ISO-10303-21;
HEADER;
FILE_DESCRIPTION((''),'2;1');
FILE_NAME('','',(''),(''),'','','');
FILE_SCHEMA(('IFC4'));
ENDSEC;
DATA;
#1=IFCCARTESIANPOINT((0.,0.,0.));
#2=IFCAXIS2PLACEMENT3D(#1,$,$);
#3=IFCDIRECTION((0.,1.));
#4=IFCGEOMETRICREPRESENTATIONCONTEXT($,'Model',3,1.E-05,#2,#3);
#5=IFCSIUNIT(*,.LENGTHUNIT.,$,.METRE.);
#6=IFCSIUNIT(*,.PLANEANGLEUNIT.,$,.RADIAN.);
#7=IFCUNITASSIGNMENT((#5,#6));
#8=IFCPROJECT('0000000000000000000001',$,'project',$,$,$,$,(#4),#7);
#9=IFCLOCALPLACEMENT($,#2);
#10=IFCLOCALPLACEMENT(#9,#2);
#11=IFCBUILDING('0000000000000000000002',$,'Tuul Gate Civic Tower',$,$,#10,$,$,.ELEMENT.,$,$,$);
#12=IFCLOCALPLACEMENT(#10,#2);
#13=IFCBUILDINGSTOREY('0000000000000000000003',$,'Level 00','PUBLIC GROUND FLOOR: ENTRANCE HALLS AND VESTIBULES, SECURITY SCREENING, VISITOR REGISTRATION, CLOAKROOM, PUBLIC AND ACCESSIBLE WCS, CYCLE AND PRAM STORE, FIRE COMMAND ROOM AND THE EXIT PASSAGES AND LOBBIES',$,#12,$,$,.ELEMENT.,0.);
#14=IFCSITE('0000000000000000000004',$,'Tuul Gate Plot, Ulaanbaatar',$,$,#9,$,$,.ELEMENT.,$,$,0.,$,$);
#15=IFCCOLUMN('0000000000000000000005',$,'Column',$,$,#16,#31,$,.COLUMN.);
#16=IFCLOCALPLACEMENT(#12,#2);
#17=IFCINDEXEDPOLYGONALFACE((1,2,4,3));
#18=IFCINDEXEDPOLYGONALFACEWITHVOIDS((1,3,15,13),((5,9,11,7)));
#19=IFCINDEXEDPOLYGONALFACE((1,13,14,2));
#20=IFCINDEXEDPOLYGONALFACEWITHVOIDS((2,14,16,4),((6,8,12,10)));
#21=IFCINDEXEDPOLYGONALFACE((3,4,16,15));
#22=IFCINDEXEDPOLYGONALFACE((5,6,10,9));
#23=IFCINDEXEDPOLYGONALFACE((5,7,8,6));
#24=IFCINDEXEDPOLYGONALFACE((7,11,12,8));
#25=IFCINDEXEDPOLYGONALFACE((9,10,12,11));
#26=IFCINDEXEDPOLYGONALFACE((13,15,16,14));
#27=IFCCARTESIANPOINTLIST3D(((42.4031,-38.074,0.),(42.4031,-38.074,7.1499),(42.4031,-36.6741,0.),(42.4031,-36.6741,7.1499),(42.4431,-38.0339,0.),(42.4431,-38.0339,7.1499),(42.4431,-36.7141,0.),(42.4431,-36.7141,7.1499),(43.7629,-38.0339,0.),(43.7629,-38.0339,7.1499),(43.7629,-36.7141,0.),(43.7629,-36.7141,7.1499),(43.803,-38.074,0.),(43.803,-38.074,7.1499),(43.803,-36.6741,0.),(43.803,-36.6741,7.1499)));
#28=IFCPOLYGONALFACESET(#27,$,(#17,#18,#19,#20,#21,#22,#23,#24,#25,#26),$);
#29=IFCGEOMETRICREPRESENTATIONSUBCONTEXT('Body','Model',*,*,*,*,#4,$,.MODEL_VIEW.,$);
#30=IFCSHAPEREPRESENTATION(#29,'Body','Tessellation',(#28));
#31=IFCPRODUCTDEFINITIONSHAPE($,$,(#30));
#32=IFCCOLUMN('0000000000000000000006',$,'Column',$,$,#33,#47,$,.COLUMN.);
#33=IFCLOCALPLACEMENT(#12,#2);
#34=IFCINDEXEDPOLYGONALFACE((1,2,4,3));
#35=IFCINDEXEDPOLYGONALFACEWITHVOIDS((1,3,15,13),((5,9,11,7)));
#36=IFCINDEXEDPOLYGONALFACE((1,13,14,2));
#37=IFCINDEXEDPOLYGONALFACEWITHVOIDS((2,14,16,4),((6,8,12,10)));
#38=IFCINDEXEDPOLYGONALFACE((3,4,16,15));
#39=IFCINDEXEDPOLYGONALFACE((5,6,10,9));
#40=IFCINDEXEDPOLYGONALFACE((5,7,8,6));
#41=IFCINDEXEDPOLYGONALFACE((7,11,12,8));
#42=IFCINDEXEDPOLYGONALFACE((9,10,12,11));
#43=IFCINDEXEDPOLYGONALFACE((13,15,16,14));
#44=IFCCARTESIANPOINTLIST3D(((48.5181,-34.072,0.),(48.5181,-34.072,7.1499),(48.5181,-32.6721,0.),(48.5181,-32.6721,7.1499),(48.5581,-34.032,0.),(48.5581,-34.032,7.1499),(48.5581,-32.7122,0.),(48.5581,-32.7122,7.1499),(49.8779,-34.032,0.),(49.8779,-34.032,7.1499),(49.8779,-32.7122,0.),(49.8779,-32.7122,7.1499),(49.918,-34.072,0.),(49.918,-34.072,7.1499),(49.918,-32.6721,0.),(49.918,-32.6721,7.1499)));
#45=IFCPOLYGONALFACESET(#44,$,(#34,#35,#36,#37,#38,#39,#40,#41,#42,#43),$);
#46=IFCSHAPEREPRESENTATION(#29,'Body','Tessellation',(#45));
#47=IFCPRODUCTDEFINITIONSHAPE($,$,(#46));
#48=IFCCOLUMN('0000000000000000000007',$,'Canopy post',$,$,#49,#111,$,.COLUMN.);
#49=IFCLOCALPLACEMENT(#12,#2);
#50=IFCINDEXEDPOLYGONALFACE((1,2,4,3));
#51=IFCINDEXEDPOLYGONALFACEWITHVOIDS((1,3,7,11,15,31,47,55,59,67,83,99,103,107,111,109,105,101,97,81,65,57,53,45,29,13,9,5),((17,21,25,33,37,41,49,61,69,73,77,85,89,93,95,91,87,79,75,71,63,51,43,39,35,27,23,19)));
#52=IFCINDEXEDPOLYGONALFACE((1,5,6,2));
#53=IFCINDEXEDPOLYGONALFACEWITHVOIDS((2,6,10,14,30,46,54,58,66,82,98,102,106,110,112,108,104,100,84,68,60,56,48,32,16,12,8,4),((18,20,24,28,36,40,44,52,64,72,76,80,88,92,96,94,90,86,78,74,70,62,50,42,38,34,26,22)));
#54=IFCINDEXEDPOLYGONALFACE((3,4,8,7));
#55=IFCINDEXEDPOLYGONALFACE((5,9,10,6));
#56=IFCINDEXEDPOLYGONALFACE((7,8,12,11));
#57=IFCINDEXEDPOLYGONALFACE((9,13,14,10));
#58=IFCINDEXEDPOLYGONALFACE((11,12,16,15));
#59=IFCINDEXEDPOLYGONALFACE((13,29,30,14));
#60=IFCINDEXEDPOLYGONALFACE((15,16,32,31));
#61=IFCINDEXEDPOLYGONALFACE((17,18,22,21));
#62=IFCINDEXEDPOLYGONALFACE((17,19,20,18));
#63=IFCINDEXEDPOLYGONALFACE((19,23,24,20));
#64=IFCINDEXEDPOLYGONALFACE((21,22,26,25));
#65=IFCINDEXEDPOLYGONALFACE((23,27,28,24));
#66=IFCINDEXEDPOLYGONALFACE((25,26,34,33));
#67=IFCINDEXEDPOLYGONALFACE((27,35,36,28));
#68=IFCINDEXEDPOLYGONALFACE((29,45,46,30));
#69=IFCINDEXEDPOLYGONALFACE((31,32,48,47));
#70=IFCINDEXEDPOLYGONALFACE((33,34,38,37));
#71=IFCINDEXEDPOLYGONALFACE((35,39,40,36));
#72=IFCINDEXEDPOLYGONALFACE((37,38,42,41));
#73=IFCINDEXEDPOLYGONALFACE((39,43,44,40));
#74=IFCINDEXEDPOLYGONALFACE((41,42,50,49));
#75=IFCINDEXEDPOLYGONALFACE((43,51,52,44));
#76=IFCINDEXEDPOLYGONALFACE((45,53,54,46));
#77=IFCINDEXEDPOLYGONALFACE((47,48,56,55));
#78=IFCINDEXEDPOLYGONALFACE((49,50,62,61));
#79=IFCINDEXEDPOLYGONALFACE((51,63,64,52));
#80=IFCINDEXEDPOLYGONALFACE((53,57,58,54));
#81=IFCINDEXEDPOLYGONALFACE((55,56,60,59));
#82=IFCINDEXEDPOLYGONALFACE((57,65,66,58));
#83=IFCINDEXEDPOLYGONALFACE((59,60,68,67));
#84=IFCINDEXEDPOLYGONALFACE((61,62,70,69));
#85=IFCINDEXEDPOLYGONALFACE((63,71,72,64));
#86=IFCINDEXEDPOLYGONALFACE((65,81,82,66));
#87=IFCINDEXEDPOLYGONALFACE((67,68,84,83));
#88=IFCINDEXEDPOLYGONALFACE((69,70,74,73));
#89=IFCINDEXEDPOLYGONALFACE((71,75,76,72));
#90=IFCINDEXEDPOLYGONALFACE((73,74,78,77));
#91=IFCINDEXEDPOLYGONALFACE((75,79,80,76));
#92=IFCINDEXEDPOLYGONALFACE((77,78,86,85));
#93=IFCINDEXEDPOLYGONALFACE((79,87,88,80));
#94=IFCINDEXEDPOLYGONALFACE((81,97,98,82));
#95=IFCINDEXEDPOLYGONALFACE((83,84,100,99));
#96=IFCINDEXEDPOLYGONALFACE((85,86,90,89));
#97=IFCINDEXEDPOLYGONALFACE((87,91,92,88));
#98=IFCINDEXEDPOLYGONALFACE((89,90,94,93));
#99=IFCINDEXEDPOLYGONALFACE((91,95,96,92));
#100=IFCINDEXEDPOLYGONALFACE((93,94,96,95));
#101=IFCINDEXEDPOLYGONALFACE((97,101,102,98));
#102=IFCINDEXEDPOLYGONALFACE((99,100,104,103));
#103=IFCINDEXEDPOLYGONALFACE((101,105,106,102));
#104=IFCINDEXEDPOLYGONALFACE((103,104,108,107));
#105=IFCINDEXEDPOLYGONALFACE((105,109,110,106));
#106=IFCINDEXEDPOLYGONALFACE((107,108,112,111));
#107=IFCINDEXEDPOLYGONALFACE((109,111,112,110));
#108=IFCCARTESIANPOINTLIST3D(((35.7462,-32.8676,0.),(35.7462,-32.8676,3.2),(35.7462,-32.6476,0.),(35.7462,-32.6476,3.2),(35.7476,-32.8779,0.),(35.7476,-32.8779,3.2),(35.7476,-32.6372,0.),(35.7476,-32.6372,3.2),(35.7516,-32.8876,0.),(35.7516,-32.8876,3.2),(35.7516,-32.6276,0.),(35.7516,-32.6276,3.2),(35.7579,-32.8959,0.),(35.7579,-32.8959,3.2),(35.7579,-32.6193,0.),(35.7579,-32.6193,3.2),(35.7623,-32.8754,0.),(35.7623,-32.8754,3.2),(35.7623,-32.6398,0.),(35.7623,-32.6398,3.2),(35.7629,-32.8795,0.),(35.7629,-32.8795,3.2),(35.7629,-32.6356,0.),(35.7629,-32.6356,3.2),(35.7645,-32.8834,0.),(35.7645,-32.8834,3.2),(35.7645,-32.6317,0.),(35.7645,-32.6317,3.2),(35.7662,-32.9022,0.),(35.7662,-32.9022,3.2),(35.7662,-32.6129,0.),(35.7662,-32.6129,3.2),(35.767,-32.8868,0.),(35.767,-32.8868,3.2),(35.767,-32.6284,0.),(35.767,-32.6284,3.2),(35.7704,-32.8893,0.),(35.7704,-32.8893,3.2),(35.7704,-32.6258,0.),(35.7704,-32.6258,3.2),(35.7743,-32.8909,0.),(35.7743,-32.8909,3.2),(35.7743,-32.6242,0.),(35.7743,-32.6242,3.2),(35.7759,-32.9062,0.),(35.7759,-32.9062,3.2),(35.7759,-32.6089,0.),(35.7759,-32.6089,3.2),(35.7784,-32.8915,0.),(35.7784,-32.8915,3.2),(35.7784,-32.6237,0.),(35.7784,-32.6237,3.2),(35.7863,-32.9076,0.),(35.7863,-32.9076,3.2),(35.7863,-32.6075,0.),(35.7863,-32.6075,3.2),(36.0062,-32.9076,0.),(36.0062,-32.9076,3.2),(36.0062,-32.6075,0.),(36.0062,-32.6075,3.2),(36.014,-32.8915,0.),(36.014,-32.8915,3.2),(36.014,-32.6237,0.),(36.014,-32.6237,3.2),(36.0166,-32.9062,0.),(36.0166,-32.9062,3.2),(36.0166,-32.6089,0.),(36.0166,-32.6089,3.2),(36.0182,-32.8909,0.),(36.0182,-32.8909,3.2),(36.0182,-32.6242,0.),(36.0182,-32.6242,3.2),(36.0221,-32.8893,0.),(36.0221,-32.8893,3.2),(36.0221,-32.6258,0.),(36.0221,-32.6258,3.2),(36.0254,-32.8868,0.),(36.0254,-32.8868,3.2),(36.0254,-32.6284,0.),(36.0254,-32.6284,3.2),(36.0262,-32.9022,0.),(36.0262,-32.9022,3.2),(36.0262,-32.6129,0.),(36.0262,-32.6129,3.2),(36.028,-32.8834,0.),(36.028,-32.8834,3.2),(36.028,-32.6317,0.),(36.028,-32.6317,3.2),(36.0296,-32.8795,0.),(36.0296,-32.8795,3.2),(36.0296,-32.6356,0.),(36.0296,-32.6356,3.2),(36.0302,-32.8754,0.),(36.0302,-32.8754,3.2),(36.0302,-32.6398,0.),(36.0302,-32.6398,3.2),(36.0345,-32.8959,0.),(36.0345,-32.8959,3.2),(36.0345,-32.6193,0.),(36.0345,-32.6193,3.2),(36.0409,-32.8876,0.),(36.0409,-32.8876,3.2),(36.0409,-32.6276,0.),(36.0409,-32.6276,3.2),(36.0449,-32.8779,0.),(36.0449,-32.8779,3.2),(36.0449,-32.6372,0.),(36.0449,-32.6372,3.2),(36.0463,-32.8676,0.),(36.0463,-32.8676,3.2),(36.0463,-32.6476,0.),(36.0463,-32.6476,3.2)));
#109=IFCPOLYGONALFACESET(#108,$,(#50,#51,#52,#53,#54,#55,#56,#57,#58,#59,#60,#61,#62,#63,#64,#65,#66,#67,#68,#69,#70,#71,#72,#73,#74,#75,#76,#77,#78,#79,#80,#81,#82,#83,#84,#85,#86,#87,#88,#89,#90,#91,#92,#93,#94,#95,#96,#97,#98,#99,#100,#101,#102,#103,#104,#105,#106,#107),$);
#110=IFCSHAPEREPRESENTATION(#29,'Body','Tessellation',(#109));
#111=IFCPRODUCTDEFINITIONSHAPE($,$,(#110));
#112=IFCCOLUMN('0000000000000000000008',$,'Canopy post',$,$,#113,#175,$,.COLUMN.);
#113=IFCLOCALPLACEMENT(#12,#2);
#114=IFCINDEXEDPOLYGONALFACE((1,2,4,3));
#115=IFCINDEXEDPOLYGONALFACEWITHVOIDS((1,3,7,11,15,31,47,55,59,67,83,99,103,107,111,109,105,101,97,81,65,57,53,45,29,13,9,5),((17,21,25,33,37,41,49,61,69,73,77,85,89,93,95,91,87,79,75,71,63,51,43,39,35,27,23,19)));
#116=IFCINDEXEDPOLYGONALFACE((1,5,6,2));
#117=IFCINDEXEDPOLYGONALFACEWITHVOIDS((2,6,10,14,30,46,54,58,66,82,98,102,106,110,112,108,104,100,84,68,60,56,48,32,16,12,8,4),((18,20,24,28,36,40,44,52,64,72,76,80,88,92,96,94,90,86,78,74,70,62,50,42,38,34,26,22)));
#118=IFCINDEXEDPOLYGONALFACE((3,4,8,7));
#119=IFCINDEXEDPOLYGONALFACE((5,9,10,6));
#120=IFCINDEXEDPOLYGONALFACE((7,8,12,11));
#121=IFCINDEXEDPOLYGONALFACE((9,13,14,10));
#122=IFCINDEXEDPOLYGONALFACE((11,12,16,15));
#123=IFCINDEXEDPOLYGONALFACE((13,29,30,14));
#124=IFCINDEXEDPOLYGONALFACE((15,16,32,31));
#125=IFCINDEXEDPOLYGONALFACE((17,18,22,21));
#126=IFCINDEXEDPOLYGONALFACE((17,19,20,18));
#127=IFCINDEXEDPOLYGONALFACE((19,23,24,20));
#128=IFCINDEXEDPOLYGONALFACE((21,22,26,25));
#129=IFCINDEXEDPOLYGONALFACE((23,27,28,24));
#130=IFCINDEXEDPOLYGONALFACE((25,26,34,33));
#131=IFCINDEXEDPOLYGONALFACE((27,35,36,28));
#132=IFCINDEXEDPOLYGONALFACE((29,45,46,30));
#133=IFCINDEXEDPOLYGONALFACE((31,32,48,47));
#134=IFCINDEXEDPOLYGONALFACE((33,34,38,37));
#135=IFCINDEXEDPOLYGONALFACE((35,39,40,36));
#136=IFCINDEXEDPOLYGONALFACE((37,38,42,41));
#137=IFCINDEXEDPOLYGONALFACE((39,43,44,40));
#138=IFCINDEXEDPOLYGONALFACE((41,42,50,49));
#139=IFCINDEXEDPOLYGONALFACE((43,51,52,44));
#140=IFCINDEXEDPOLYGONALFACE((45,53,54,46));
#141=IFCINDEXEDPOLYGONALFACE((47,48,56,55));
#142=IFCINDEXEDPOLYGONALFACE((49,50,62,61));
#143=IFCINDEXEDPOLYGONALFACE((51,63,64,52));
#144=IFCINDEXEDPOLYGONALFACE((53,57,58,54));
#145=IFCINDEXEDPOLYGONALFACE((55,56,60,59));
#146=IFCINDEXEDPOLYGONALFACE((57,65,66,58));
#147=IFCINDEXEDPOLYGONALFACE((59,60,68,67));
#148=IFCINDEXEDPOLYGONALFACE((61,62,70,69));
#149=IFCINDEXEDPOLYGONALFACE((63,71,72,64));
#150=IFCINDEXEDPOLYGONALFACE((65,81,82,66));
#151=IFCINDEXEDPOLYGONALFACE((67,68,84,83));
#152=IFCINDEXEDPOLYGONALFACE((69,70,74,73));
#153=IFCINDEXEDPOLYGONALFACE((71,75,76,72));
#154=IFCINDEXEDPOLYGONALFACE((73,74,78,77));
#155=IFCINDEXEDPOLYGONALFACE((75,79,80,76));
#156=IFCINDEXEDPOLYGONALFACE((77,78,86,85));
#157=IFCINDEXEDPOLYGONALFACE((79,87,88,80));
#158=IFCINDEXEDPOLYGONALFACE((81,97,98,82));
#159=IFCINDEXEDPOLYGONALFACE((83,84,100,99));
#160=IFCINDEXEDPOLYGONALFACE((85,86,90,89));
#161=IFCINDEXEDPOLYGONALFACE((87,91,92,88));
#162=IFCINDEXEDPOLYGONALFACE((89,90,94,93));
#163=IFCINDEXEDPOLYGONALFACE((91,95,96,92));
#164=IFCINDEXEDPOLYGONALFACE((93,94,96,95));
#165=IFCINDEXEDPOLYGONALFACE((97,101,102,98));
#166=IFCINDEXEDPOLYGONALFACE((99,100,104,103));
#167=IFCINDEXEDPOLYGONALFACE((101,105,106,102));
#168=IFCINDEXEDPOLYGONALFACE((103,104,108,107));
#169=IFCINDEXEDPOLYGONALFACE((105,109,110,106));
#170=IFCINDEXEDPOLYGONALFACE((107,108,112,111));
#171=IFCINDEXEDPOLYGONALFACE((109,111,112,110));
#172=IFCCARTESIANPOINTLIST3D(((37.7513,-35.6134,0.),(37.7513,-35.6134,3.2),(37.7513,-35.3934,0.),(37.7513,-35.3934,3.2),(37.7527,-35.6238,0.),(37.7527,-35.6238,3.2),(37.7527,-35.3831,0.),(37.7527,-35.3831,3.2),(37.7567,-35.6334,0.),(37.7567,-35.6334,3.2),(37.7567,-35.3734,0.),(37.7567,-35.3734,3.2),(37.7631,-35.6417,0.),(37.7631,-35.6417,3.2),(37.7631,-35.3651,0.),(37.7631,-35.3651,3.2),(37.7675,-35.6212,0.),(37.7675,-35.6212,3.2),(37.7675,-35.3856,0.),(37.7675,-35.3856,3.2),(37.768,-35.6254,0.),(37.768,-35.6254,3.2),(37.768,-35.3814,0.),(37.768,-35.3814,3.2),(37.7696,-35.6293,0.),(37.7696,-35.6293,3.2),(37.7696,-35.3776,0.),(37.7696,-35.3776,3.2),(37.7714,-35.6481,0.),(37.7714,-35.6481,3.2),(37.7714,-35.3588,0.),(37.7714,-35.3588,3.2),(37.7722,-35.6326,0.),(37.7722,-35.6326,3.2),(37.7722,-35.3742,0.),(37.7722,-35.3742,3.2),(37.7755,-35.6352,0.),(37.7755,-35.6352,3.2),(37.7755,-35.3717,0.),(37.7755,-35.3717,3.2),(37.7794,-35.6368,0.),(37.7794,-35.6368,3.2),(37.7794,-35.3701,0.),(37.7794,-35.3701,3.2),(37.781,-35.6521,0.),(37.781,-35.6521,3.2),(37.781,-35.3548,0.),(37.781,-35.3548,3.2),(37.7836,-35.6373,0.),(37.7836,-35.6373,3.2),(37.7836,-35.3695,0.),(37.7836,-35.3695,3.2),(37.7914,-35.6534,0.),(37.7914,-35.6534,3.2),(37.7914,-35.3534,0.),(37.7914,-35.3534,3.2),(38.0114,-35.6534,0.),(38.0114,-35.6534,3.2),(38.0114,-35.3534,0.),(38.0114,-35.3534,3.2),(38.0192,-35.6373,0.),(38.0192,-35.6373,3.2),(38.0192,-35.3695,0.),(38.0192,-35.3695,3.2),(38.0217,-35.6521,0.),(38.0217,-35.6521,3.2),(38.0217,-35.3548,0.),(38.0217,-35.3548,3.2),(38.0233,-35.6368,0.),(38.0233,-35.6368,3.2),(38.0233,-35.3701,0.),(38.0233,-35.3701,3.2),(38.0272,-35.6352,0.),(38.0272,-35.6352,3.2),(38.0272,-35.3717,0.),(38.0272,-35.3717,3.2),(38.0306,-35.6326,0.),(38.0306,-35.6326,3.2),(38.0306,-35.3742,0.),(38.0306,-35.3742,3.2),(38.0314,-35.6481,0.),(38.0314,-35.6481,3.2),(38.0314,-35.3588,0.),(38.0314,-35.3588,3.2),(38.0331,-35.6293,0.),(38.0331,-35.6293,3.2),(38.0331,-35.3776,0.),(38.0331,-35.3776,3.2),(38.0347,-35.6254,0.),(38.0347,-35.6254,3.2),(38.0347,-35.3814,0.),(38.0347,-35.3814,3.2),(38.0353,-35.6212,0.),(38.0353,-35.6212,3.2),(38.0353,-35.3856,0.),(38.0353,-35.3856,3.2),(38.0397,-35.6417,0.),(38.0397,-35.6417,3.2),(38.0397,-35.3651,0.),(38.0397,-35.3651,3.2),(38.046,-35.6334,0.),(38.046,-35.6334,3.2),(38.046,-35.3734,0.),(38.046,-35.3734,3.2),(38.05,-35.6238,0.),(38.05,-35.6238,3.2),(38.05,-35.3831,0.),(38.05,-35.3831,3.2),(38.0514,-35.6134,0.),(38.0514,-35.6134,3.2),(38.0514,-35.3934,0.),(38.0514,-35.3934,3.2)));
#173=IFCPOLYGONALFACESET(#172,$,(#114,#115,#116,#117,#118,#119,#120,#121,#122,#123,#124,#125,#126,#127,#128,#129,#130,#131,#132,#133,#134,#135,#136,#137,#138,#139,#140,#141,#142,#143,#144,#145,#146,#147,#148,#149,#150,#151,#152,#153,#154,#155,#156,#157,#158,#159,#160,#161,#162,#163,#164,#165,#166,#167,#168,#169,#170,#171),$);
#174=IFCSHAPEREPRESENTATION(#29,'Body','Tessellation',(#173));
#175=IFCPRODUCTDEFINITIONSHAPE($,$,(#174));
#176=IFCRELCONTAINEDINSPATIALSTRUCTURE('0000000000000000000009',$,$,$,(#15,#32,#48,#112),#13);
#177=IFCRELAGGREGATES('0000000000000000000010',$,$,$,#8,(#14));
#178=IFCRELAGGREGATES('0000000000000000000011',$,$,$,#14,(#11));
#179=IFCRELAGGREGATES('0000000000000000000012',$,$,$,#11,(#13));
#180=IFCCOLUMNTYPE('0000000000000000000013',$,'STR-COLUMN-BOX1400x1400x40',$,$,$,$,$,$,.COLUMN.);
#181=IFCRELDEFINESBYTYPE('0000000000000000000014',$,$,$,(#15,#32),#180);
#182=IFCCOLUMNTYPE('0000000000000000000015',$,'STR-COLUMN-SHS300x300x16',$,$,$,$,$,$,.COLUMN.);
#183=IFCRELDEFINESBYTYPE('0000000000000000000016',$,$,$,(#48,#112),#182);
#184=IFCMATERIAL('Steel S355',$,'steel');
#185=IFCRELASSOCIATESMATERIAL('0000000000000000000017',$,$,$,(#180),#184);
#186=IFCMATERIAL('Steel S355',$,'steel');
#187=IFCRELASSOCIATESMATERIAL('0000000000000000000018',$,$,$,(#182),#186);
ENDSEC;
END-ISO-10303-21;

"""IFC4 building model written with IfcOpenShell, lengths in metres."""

from ifc_helpers import new_model, si_unit, direction, frame, origin, origin_2d, place, context, subcontext, project, spatial, hollow_rectangle, extrude, material, material_profile, profile_set, type_object, element, save


model = new_model("IFC4")

# Units and contexts
model_context = context("Model", 3, precision=1e-05, world=origin(), true_north=direction((0.0, 1.0)))
body_context = subcontext(model_context, "Body", "Model", "MODEL_VIEW")
ifc_project = project(units=[si_unit("LENGTHUNIT", "METRE"), si_unit("PLANEANGLEUNIT", "RADIAN")], contexts=[model_context])

# Site, building, storey
site_placement = place(None, origin())
site = spatial("IfcSite", under=ifc_project, at=site_placement, Name="Tuul Gate Plot, Ulaanbaatar", CompositionType="ELEMENT", RefElevation=0.0)
building_placement = place(site_placement, origin())
building = spatial("IfcBuilding", under=site, at=building_placement, Name="Tuul Gate Civic Tower", CompositionType="ELEMENT")
storey_placement = place(building_placement, origin())
storey = spatial("IfcBuildingStorey", under=building, at=storey_placement, Name="Level 00", Description="PUBLIC GROUND FLOOR: ENTRANCE HALLS AND VESTIBULES, SECURITY SCREENING, VISITOR REGISTRATION, CLOAKROOM, PUBLIC AND ACCESSIBLE WCS, CYCLE AND PRAM STORE, FIRE COMMAND ROOM AND THE EXIT PASSAGES AND LOBBIES", CompositionType="ELEMENT", Elevation=0.0)

# Columns
ifc_material_1 = material(Name="Steel S355", Category="steel")
ifc_material_profile_1 = material_profile(ifc_material_1, hollow_rectangle(XDim=1.3999, YDim=1.3999, WallThickness=0.04, at=origin_2d()), Name="BOX1400x1400x40")
ifc_profile_set_1 = profile_set([ifc_material_profile_1], Name="Steel S355")
column_type_1 = type_object("IfcColumnType", Name="STR-COLUMN-BOX1400x1400x40", PredefinedType="COLUMN", material=ifc_profile_set_1)
for number, where, z_axis, x_axis, name in (
    (1, (43.103, -37.374, 0.0), (0.0, 0.0, 1.0), (1.0, 0.0, 0.0), "Column"),
    (2, (49.218, -33.3721, 0.0), (0.0, 0.0, 1.0), (1.0, 0.0, 0.0), "Column"),
):
    element("IfcColumn", number, at=place(storey_placement, frame(where, z_axis=z_axis, x_axis=x_axis)), inside=storey, type_object=column_type_1, Name=name, PredefinedType="COLUMN", context=body_context, shape_type="SweptSolid", body=[
        extrude(hollow_rectangle(XDim=1.3999, YDim=1.3999, WallThickness=0.04, at=origin_2d()), origin(), (0.0, 0.0, 1.0), 7.1499),
    ])
ifc_material_2 = material(Name="Steel S355", Category="steel")
ifc_material_profile_2 = material_profile(ifc_material_2, hollow_rectangle(XDim=0.3, YDim=0.3, WallThickness=0.0161, InnerFilletRadius=0.0161, OuterFilletRadius=0.04, at=origin_2d()), Name="SHS300x300x16")
ifc_profile_set_2 = profile_set([ifc_material_profile_2], Name="Steel S355")
column_type_2 = type_object("IfcColumnType", Name="STR-COLUMN-SHS300x300x16", PredefinedType="COLUMN", material=ifc_profile_set_2)
for number, where, z_axis, x_axis, name in (
    (3, (35.8962, -32.7576, 0.0), (0.0, 0.0, 1.0), (1.0, 0.0, 0.0), "Canopy post"),
    (4, (37.9014, -35.5034, 0.0), (0.0, 0.0, 1.0), (1.0, 0.0, 0.0), "Canopy post"),
):
    element("IfcColumn", number, at=place(storey_placement, frame(where, z_axis=z_axis, x_axis=x_axis)), inside=storey, type_object=column_type_2, Name=name, PredefinedType="COLUMN", context=body_context, shape_type="SweptSolid", body=[
        extrude(hollow_rectangle(XDim=0.3, YDim=0.3, WallThickness=0.0161, InnerFilletRadius=0.0161, OuterFilletRadius=0.04, at=origin_2d()), origin(), (0.0, 0.0, 1.0), 3.2),
    ])

save(model, "model.ifc")
